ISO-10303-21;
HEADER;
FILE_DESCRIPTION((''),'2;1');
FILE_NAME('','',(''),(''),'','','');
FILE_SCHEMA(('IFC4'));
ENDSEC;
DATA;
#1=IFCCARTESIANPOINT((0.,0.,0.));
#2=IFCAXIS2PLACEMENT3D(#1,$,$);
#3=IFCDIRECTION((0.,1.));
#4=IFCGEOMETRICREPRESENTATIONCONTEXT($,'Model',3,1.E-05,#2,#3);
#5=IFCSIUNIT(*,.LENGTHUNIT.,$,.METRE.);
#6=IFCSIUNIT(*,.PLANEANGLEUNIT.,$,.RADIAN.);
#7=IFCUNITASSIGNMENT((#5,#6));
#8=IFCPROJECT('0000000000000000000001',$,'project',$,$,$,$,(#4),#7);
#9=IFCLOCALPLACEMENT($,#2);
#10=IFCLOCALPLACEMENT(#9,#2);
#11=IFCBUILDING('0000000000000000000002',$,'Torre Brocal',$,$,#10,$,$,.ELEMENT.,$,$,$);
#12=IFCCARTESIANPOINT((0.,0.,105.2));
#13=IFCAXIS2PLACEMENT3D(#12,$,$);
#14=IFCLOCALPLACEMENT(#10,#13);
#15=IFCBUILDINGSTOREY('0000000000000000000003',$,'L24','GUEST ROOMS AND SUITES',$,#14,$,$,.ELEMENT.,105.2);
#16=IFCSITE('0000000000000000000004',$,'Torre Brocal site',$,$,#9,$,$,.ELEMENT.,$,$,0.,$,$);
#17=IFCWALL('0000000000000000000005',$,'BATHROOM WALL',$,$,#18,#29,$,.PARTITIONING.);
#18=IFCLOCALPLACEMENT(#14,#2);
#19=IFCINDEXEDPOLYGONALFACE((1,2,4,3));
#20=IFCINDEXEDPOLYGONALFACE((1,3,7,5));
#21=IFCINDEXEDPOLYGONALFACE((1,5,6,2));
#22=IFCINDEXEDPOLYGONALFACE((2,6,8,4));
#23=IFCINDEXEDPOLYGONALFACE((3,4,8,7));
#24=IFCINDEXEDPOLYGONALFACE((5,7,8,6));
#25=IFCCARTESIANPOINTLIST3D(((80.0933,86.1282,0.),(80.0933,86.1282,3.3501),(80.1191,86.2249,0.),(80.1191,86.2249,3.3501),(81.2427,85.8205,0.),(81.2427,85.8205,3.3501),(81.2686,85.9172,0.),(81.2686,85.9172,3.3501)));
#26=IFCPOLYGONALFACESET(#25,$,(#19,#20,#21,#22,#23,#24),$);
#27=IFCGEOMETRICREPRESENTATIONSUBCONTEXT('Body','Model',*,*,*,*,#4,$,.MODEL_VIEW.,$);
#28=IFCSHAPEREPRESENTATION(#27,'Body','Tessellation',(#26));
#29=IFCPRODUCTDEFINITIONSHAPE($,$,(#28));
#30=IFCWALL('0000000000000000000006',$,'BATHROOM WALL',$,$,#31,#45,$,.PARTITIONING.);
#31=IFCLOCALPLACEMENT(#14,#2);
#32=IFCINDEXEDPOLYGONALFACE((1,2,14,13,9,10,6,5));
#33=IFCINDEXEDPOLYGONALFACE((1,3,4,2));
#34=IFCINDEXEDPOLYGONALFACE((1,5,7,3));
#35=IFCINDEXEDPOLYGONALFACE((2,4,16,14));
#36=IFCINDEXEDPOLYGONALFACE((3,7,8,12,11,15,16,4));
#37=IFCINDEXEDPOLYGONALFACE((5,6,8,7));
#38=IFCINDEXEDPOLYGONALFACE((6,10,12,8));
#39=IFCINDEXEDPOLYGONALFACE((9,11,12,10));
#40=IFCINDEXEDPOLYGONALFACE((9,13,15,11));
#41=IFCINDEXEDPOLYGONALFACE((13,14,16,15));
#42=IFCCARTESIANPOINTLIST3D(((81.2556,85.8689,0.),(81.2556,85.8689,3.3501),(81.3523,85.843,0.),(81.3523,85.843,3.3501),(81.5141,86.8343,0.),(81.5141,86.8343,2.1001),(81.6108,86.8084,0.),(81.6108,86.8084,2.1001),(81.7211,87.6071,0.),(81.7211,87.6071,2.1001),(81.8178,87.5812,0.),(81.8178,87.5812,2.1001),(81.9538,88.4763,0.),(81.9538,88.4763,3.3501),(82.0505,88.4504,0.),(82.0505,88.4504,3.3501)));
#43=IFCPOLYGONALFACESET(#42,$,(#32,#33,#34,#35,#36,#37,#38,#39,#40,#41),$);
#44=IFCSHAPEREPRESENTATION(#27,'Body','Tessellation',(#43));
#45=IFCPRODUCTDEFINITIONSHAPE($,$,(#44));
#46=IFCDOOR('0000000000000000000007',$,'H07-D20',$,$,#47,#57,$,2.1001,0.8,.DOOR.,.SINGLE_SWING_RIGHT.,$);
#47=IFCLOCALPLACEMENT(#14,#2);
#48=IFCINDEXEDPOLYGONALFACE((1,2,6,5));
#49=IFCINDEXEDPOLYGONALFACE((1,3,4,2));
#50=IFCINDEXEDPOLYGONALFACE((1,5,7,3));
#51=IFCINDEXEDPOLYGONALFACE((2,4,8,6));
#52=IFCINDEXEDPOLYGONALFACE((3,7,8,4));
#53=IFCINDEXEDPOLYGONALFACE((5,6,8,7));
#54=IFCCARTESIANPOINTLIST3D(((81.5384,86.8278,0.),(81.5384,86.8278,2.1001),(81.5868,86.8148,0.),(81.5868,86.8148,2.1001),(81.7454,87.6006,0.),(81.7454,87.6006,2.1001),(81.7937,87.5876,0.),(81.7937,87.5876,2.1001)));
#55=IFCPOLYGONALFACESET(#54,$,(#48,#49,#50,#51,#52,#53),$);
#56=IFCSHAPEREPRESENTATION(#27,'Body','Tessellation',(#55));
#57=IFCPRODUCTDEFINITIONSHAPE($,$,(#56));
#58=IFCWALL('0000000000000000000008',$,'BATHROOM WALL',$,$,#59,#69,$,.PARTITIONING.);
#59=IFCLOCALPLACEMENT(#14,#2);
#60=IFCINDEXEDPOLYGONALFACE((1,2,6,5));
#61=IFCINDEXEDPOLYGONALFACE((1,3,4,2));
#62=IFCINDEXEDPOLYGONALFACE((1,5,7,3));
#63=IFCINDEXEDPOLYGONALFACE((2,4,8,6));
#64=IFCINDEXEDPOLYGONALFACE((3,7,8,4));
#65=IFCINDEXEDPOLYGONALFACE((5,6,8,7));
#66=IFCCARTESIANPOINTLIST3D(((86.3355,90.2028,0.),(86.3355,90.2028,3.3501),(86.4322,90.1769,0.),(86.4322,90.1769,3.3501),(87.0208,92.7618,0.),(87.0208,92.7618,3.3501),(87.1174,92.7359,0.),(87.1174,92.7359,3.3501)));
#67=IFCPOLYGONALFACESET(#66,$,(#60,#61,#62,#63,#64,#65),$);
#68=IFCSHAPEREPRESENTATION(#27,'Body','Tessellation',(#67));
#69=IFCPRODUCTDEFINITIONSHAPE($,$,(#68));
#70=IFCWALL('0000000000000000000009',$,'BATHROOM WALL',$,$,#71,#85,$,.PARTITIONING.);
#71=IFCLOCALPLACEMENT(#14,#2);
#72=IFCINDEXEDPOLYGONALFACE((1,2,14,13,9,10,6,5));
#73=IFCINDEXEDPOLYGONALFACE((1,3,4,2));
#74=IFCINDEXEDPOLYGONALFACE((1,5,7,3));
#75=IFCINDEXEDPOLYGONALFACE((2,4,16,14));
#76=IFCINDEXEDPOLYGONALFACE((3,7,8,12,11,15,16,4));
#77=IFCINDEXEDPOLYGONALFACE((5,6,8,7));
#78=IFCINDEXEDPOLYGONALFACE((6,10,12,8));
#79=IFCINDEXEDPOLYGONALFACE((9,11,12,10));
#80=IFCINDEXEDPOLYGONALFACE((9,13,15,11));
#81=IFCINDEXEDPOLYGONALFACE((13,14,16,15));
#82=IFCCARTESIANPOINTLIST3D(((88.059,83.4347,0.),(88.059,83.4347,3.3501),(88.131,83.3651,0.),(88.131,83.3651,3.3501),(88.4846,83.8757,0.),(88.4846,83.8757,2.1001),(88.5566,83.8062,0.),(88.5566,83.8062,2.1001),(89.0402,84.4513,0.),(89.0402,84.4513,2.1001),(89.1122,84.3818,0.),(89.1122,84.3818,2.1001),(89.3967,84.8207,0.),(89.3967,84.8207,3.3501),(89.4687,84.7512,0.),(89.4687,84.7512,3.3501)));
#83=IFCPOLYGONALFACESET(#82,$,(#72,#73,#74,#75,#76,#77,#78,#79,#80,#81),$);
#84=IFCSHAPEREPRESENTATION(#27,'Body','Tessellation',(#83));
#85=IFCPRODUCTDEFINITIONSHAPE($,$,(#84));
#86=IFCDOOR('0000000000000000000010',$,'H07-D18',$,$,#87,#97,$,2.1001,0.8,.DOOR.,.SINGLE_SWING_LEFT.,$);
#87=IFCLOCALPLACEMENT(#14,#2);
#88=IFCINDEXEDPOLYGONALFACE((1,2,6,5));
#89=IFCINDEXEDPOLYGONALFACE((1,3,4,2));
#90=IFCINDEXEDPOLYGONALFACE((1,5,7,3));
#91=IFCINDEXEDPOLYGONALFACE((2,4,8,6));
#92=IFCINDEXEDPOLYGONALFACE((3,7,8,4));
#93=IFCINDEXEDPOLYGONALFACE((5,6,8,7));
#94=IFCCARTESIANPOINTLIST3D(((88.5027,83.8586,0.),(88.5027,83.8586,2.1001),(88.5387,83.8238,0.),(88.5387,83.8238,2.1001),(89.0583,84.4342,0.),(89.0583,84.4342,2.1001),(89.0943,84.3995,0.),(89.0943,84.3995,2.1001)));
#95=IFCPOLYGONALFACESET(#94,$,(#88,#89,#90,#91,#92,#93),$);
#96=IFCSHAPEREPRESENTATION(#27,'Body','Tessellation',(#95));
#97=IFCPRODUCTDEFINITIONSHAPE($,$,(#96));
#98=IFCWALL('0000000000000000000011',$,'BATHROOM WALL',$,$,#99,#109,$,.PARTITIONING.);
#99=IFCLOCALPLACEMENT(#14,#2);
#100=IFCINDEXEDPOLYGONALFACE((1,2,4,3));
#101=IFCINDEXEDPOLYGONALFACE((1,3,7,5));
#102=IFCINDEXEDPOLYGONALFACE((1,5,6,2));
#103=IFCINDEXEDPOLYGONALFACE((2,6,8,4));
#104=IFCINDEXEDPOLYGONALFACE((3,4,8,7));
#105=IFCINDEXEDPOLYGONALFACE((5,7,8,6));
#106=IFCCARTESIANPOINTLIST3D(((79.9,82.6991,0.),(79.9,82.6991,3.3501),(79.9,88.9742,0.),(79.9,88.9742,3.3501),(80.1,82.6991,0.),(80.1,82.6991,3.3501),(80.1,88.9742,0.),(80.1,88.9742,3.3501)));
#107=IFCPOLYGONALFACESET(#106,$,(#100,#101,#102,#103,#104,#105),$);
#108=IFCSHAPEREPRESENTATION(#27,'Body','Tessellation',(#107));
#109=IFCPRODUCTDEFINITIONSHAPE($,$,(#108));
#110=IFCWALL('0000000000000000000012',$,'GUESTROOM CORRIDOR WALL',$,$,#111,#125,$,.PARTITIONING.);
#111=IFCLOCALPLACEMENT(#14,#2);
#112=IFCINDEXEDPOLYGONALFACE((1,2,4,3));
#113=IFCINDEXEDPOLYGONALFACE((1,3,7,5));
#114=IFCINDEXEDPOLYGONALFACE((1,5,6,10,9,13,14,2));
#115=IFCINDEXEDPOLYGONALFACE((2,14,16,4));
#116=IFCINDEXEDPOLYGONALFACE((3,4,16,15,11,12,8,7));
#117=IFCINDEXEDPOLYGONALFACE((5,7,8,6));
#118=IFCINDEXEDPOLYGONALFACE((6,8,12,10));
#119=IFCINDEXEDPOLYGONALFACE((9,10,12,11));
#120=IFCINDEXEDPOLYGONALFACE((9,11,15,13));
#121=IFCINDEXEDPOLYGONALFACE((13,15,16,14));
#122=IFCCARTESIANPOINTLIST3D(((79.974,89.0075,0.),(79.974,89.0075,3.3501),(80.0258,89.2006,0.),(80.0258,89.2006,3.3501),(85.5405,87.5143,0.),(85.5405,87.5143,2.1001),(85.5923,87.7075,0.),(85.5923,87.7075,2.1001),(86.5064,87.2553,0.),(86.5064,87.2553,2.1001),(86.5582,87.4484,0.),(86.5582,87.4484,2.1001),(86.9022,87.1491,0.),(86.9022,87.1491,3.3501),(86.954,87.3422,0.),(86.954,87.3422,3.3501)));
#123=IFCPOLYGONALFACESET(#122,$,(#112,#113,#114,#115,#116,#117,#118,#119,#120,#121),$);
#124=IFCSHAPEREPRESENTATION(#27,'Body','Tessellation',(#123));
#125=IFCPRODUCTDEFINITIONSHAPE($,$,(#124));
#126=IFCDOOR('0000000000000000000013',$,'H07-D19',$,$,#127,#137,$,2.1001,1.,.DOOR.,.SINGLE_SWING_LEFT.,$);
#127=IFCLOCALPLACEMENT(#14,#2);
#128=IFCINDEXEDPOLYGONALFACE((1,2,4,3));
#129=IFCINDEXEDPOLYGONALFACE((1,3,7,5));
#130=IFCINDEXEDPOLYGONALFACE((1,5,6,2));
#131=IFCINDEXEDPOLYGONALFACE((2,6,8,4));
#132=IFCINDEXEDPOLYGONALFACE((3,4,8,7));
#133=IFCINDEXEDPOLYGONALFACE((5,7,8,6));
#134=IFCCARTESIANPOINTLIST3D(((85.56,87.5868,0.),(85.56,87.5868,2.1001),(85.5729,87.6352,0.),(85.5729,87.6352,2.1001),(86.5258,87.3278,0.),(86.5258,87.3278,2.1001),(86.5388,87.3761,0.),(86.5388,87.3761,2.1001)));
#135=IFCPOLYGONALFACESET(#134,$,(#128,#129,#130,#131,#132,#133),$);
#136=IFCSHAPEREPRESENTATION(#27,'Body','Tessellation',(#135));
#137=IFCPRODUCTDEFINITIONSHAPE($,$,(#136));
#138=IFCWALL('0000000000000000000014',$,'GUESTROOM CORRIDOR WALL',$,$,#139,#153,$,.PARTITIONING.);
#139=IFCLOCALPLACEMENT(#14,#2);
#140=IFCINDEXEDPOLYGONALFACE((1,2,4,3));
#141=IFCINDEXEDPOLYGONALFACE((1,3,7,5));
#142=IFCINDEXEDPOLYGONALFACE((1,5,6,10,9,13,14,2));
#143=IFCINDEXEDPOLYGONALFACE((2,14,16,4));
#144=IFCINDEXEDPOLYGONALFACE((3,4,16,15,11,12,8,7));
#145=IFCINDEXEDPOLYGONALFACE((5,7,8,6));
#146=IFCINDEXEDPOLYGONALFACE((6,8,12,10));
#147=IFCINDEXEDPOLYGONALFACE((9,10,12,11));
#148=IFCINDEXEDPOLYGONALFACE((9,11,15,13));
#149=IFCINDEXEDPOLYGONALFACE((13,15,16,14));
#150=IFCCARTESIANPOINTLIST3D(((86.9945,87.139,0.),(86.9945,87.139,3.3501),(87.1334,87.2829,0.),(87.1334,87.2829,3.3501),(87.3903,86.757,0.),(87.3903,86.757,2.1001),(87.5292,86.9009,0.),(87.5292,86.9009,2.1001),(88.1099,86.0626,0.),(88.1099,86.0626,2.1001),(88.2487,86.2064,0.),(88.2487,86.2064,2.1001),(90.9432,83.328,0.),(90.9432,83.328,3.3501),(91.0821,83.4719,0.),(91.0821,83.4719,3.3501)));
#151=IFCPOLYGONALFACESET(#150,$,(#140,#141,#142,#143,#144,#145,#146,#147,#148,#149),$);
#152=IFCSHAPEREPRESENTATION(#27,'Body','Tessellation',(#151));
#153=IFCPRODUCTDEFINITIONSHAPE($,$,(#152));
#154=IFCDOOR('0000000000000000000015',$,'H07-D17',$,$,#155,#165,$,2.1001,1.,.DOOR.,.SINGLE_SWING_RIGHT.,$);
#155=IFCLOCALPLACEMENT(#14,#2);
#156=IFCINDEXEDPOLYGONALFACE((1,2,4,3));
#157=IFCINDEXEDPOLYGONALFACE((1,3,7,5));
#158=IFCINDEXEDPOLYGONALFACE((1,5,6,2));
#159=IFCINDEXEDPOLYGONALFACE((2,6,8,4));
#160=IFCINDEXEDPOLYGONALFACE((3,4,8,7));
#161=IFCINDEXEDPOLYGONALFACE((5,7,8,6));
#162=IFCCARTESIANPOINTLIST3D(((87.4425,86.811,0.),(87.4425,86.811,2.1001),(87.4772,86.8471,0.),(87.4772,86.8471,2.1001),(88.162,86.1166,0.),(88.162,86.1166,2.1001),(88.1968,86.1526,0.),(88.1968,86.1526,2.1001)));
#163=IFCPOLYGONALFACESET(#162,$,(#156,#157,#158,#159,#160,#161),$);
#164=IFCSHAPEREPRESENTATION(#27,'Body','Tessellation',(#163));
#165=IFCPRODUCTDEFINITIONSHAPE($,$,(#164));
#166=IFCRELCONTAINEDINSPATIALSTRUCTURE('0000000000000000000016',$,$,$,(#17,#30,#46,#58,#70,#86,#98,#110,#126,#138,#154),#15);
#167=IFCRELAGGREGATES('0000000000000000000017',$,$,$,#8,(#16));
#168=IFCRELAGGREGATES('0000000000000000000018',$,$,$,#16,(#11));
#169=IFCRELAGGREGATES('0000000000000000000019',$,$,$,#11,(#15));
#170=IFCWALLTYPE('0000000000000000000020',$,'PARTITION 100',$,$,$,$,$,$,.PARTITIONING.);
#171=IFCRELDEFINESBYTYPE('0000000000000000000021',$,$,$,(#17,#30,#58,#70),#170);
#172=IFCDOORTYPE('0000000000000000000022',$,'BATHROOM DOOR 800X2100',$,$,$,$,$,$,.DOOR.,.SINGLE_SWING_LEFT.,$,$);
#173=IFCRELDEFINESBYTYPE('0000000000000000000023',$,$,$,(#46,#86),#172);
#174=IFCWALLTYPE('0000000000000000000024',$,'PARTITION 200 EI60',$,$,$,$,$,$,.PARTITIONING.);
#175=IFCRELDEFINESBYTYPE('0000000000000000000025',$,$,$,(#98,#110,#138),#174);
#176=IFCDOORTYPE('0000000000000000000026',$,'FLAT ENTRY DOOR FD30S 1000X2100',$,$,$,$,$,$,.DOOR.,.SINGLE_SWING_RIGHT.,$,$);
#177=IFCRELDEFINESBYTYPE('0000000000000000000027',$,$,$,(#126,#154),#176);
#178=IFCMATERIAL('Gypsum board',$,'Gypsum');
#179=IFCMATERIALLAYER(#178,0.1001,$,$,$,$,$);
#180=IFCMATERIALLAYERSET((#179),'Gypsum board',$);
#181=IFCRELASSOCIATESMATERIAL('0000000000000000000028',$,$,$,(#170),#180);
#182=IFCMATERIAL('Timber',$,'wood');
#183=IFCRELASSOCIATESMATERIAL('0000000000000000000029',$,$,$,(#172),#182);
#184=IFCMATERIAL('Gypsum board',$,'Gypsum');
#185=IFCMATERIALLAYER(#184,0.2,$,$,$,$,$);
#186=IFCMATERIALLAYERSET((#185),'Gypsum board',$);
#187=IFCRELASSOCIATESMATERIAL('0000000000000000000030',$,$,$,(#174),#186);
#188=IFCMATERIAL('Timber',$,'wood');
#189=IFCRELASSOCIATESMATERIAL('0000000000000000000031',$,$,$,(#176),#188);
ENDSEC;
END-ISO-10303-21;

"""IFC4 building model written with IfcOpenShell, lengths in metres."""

from ifc_helpers import new_model, si_unit, direction, frame, frame_2d, origin, place, context, subcontext, project, spatial, rectangle, extrude, material, layer, layer_set, type_object, element, fill, save


model = new_model("IFC4")

# Units and contexts
model_context = context("Model", 3, precision=1e-05, world=origin(), true_north=direction((0.0, 1.0)))
body_context = subcontext(model_context, "Body", "Model", "MODEL_VIEW")
ifc_project = project(units=[si_unit("LENGTHUNIT", "METRE"), si_unit("PLANEANGLEUNIT", "RADIAN")], contexts=[model_context])

# Site, building, storey
site_placement = place(None, origin())
site = spatial("IfcSite", under=ifc_project, at=site_placement, Name="Torre Brocal site", CompositionType="ELEMENT", RefElevation=0.0)
building_placement = place(site_placement, origin())
building = spatial("IfcBuilding", under=site, at=building_placement, Name="Torre Brocal", CompositionType="ELEMENT")
storey_placement = place(building_placement, frame((0.0, 0.0, 105.2)))
storey = spatial("IfcBuildingStorey", under=building, at=storey_placement, Name="L24", Description="GUEST ROOMS AND SUITES", CompositionType="ELEMENT", Elevation=105.2)

# Wall
ifc_material_1 = material(Name="Gypsum board", Category="Gypsum")
ifc_layer_1 = layer(ifc_material_1, 0.1001)
ifc_layer_set_1 = layer_set([ifc_layer_1], Name="Gypsum board")
wall_type_1 = type_object("IfcWallType", Name="PARTITION 100", PredefinedType="PARTITIONING", material=ifc_layer_set_1)
wall_1_placement = place(storey_placement, frame((80.1062, 86.1765, 0.0), z_axis=(0.0, 0.0, 1.0), x_axis=(0.966003, -0.258531, 0.0)))
element("IfcWall", 1, at=wall_1_placement, inside=storey, type_object=wall_type_1, Name="BATHROOM WALL", PredefinedType="PARTITIONING", context=body_context, shape_type="SweptSolid", body=[
    extrude(rectangle(XDim=1.1899, YDim=0.1001, at=frame_2d((0.595, 0.0))), origin(), (0.0, 0.0, 1.0), 3.3501),
])

# Wall, opening, door
wall_2_placement = place(storey_placement, frame((81.304, 85.856, 0.0), z_axis=(0.0, 0.0, 1.0), x_axis=(0.258676, 0.965964, 0.0)))
wall_2 = element("IfcWall", 2, at=wall_2_placement, inside=storey, type_object=wall_type_1, Name="BATHROOM WALL", PredefinedType="PARTITIONING", context=body_context, shape_type="SweptSolid", body=[
    extrude(rectangle(XDim=2.6992, YDim=0.1001, at=frame_2d((1.3496, 0.0))), origin(), (0.0, 0.0, 1.0), 3.3501),
])
opening_1_placement = place(wall_2_placement, frame((0.9995, 0.0, 0.0)))
opening_1 = element("IfcOpeningElement", 3, at=opening_1_placement, cuts=wall_2, PredefinedType="OPENING", context=body_context, shape_type="SweptSolid", body=[
    extrude(rectangle(XDim=0.8, YDim=2.1001, at=frame_2d((0.3999, 1.05))), frame((0.0, 0.0601, 0.0), z_axis=(0.0, -1.0, 0.0), x_axis=(1.0, 0.0, 0.0)), (0.0, 0.0, 1.0), 0.1201),
])
ifc_material_2 = material(Name="Timber", Category="wood")
door_type_1 = type_object("IfcDoorType", Name="BATHROOM DOOR 800X2100", OperationType="SINGLE_SWING_LEFT", PredefinedType="DOOR", material=ifc_material_2)
door_1_placement = place(opening_1_placement, origin())
door_1 = element("IfcDoor", 4, at=door_1_placement, inside=storey, type_object=door_type_1, Name="H07-D20", OperationType="SINGLE_SWING_RIGHT", OverallHeight=2.1001, OverallWidth=0.8, PredefinedType="DOOR", context=body_context, shape_type="SweptSolid", body=[
    extrude(rectangle(XDim=0.8, YDim=2.1001, at=frame_2d((0.3999, 1.05))), frame((0.0, 0.0249, 0.0), z_axis=(0.0, -1.0, 0.0), x_axis=(1.0, 0.0, 0.0)), (0.0, 0.0, 1.0), 0.05),
])
fill(opening_1, door_1)

# Wall
wall_3_placement = place(storey_placement, frame((86.3838, 90.1897, 0.0), z_axis=(0.0, 0.0, 1.0), x_axis=(0.258678, 0.965964, 0.0)))
element("IfcWall", 5, at=wall_3_placement, inside=storey, type_object=wall_type_1, Name="BATHROOM WALL", PredefinedType="PARTITIONING", context=body_context, shape_type="SweptSolid", body=[
    extrude(rectangle(XDim=2.6492, YDim=0.1001, at=frame_2d((1.3247, 0.0))), origin(), (0.0, 0.0, 1.0), 3.3501),
])

# Wall, opening, door
wall_4_placement = place(storey_placement, frame((88.095, 83.3999, 0.0), z_axis=(0.0, 0.0, 1.0), x_axis=(0.694447, 0.719543, 0.0)))
wall_4 = element("IfcWall", 6, at=wall_4_placement, inside=storey, type_object=wall_type_1, Name="BATHROOM WALL", PredefinedType="PARTITIONING", context=body_context, shape_type="SweptSolid", body=[
    extrude(rectangle(XDim=1.9263, YDim=0.1001, at=frame_2d((0.9631, 0.0))), origin(), (0.0, 0.0, 1.0), 3.3501),
])
opening_2_placement = place(wall_4_placement, frame((0.613, 0.0, 0.0)))
opening_2 = element("IfcOpeningElement", 7, at=opening_2_placement, cuts=wall_4, PredefinedType="OPENING", context=body_context, shape_type="SweptSolid", body=[
    extrude(rectangle(XDim=0.8, YDim=2.1001, at=frame_2d((0.3999, 1.05))), frame((0.0, 0.0601, 0.0), z_axis=(0.0, -1.0, 0.0), x_axis=(1.0, 0.0, 0.0)), (0.0, 0.0, 1.0), 0.1201),
])
door_2_placement = place(opening_2_placement, frame((0.8, 0.0, 0.0), z_axis=(0.0, 0.0, 1.0), x_axis=(-1.0, 0.0, 0.0)))
door_2 = element("IfcDoor", 8, at=door_2_placement, inside=storey, type_object=door_type_1, Name="H07-D18", OperationType="SINGLE_SWING_LEFT", OverallHeight=2.1001, OverallWidth=0.8, PredefinedType="DOOR", context=body_context, shape_type="SweptSolid", body=[
    extrude(rectangle(XDim=0.8, YDim=2.1001, at=frame_2d((0.3999, 1.05))), frame((0.0, 0.0249, 0.0), z_axis=(0.0, -1.0, 0.0), x_axis=(1.0, 0.0, 0.0)), (0.0, 0.0, 1.0), 0.05),
])
fill(opening_2, door_2)

# Wall
ifc_material_3 = material(Name="Gypsum board", Category="Gypsum")
ifc_layer_2 = layer(ifc_material_3, 0.2)
ifc_layer_set_2 = layer_set([ifc_layer_2], Name="Gypsum board")
wall_type_2 = type_object("IfcWallType", Name="PARTITION 200 EI60", PredefinedType="PARTITIONING", material=ifc_layer_set_2)
wall_5_placement = place(storey_placement, frame((80.0, 82.699, 0.0), z_axis=(0.0, 0.0, 1.0), x_axis=(0.0, 1.0, 0.0)))
element("IfcWall", 9, at=wall_5_placement, inside=storey, type_object=wall_type_2, Name="BATHROOM WALL", PredefinedType="PARTITIONING", context=body_context, shape_type="SweptSolid", body=[
    extrude(rectangle(XDim=6.2751, YDim=0.2, at=frame_2d((3.1377, 0.0))), origin(), (0.0, 0.0, 1.0), 3.3501),
])

# Walls, openings, doors
wall_6_placement = place(storey_placement, frame((80.0, 89.104, 0.0), z_axis=(0.0, 0.0, 1.0), x_axis=(0.965857, -0.259077, 0.0)))
wall_6 = element("IfcWall", 10, at=wall_6_placement, inside=storey, type_object=wall_type_2, Name="GUESTROOM CORRIDOR WALL", PredefinedType="PARTITIONING", context=body_context, shape_type="SweptSolid", body=[
    extrude(rectangle(XDim=7.1731, YDim=0.2, at=frame_2d((3.5864, 0.0))), origin(), (0.0, 0.0, 1.0), 3.3501),
])
opening_3_placement = place(wall_6_placement, frame((5.7632, 0.0, 0.0)))
opening_3 = element("IfcOpeningElement", 11, at=opening_3_placement, cuts=wall_6, PredefinedType="OPENING", context=body_context, shape_type="SweptSolid", body=[
    extrude(rectangle(XDim=1.0, YDim=2.1001, at=frame_2d((0.5, 1.05))), frame((0.0, 0.1099, 0.0), z_axis=(0.0, -1.0, 0.0), x_axis=(1.0, 0.0, 0.0)), (0.0, 0.0, 1.0), 0.22),
])
ifc_material_4 = material(Name="Timber", Category="wood")
door_type_2 = type_object("IfcDoorType", Name="FLAT ENTRY DOOR FD30S 1000X2100", OperationType="SINGLE_SWING_RIGHT", PredefinedType="DOOR", material=ifc_material_4)
door_3_placement = place(opening_3_placement, frame((1.0, 0.0, 0.0), z_axis=(0.0, 0.0, 1.0), x_axis=(-1.0, 0.0, 0.0)))
door_3 = element("IfcDoor", 12, at=door_3_placement, inside=storey, type_object=door_type_2, Name="H07-D19", OperationType="SINGLE_SWING_LEFT", OverallHeight=2.1001, OverallWidth=1.0, PredefinedType="DOOR", context=body_context, shape_type="SweptSolid", body=[
    extrude(rectangle(XDim=1.0, YDim=2.1001, at=frame_2d((0.5, 1.05))), frame((0.0, 0.0249, 0.0), z_axis=(0.0, -1.0, 0.0), x_axis=(1.0, 0.0, 0.0)), (0.0, 0.0, 1.0), 0.05),
])
fill(opening_3, door_3)
wall_7_placement = place(storey_placement, frame((87.064, 87.2109, 0.0), z_axis=(0.0, 0.0, 1.0), x_axis=(0.719541, -0.69445, 0.0)))
wall_7 = element("IfcWall", 13, at=wall_7_placement, inside=storey, type_object=wall_type_2, Name="GUESTROOM CORRIDOR WALL", PredefinedType="PARTITIONING", context=body_context, shape_type="SweptSolid", body=[
    extrude(rectangle(XDim=5.4878, YDim=0.2, at=frame_2d((2.7439, 0.0))), origin(), (0.0, 0.0, 1.0), 3.3501),
])
opening_4_placement = place(wall_7_placement, frame((0.55, 0.0, 0.0)))
opening_4 = element("IfcOpeningElement", 14, at=opening_4_placement, cuts=wall_7, PredefinedType="OPENING", context=body_context, shape_type="SweptSolid", body=[
    extrude(rectangle(XDim=1.0, YDim=2.1001, at=frame_2d((0.5, 1.05))), frame((0.0, 0.1099, 0.0), z_axis=(0.0, -1.0, 0.0), x_axis=(1.0, 0.0, 0.0)), (0.0, 0.0, 1.0), 0.22),
])
door_4_placement = place(opening_4_placement, frame((1.0, 0.0, 0.0), z_axis=(0.0, 0.0, 1.0), x_axis=(-1.0, 0.0, 0.0)))
door_4 = element("IfcDoor", 15, at=door_4_placement, inside=storey, type_object=door_type_2, Name="H07-D17", OperationType="SINGLE_SWING_RIGHT", OverallHeight=2.1001, OverallWidth=1.0, PredefinedType="DOOR", context=body_context, shape_type="SweptSolid", body=[
    extrude(rectangle(XDim=1.0, YDim=2.1001, at=frame_2d((0.5, 1.05))), frame((0.0, 0.0249, 0.0), z_axis=(0.0, -1.0, 0.0), x_axis=(1.0, 0.0, 0.0)), (0.0, 0.0, 1.0), 0.05),
])
fill(opening_4, door_4)

save(model, "model.ifc")
